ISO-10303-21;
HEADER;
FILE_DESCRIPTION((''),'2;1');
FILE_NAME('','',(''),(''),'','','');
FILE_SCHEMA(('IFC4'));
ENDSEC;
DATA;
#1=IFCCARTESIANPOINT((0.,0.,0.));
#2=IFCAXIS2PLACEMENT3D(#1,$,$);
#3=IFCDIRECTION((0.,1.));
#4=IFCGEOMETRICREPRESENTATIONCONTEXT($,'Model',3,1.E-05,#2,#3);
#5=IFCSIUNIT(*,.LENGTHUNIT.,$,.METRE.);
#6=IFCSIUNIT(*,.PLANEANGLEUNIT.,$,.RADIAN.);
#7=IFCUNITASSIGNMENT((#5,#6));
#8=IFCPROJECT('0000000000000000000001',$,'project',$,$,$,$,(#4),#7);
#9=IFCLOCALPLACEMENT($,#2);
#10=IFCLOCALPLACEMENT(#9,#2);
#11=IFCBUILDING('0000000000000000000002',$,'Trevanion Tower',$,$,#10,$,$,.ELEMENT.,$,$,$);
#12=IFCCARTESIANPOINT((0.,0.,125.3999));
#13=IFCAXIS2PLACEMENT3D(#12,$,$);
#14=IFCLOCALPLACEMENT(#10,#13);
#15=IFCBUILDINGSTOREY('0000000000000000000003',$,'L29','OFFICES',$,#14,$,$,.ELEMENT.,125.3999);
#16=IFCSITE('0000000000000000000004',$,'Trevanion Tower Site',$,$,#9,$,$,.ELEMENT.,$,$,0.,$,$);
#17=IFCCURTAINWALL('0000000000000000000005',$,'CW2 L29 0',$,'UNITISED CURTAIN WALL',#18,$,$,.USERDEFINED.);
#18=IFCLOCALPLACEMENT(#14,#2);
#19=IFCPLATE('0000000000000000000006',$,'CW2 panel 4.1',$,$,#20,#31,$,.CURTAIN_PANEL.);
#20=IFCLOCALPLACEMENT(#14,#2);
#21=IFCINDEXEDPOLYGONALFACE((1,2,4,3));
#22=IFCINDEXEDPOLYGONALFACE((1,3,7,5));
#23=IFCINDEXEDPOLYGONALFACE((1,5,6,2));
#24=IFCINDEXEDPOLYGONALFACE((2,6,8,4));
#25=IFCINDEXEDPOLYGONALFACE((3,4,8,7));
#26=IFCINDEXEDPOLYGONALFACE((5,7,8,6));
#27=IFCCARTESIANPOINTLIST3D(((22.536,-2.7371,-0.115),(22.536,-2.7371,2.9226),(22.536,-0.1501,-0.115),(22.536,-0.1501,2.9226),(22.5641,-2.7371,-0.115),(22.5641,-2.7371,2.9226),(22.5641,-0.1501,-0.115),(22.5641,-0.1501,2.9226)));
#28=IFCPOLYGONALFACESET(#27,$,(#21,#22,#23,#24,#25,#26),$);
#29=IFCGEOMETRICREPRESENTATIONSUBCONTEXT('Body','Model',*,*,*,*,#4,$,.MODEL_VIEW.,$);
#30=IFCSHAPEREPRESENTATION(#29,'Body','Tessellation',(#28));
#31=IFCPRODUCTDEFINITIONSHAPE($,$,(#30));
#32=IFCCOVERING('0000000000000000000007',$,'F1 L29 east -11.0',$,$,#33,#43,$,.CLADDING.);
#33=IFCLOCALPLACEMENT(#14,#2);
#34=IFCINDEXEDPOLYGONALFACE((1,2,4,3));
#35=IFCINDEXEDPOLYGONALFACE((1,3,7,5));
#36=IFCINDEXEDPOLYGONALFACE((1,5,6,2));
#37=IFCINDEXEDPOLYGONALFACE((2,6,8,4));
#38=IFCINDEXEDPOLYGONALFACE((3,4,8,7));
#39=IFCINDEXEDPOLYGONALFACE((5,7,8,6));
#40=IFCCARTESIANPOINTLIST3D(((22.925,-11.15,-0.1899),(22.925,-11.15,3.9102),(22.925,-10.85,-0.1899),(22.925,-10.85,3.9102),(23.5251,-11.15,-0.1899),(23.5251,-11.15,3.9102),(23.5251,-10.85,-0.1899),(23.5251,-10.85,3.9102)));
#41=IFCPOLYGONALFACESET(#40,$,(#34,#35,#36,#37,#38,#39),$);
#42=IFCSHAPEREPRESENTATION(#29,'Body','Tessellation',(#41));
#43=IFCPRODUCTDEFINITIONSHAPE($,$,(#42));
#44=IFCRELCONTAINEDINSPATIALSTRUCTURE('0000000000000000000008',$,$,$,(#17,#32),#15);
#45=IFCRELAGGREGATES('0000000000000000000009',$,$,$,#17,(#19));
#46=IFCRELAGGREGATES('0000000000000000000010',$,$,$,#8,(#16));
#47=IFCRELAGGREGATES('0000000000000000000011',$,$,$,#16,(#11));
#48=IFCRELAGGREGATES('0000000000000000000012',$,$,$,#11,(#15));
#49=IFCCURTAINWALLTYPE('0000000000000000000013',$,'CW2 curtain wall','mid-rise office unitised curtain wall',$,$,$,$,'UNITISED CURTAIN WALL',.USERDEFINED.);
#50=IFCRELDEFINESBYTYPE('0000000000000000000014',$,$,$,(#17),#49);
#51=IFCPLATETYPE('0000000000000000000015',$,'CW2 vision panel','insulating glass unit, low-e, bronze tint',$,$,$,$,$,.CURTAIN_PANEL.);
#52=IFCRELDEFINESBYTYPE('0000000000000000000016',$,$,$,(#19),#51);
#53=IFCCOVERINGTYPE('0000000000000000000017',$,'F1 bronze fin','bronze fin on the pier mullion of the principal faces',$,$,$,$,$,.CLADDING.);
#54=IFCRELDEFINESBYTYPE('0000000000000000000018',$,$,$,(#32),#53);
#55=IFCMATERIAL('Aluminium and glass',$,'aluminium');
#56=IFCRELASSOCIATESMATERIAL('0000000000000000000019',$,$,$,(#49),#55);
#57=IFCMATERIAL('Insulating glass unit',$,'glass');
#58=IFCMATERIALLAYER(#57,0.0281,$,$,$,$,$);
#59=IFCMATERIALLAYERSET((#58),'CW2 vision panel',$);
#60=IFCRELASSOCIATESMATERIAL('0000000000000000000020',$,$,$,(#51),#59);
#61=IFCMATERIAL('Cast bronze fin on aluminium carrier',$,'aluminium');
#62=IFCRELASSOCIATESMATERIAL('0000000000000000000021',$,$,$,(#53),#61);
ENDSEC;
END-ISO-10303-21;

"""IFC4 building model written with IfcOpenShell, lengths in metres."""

from ifc_helpers import new_model, si_unit, direction, frame, origin, origin_2d, place, context, subcontext, project, spatial, rectangle, extrude, material, layer, layer_set, type_object, element, aggregate, save


model = new_model("IFC4")

# Units and contexts
model_context = context("Model", 3, precision=1e-05, world=origin(), true_north=direction((0.0, 1.0)))
body_context = subcontext(model_context, "Body", "Model", "MODEL_VIEW")
ifc_project = project(units=[si_unit("LENGTHUNIT", "METRE"), si_unit("PLANEANGLEUNIT", "RADIAN")], contexts=[model_context])

# Site, building, storey
site_placement = place(None, origin())
site = spatial("IfcSite", under=ifc_project, at=site_placement, Name="Trevanion Tower Site", CompositionType="ELEMENT", RefElevation=0.0)
building_placement = place(site_placement, origin())
building = spatial("IfcBuilding", under=site, at=building_placement, Name="Trevanion Tower", CompositionType="ELEMENT")
storey_placement = place(building_placement, frame((0.0, 0.0, 125.3999)))
storey = spatial("IfcBuildingStorey", under=building, at=storey_placement, Name="L29", Description="OFFICES", CompositionType="ELEMENT", Elevation=125.3999)

# Curtain wall, plate
ifc_material_1 = material(Name="Aluminium and glass", Category="aluminium")
curtain_wall_type = type_object("IfcCurtainWallType", Name="CW2 curtain wall", Description="mid-rise office unitised curtain wall", ElementType="UNITISED CURTAIN WALL", PredefinedType="USERDEFINED", material=ifc_material_1)
curtain_wall_placement = place(storey_placement, origin())
curtain_wall = element("IfcCurtainWall", 1, at=curtain_wall_placement, inside=storey, type_object=curtain_wall_type, Name="CW2 L29 0", ObjectType="UNITISED CURTAIN WALL", PredefinedType="USERDEFINED")
ifc_material_2 = material(Name="Insulating glass unit", Category="glass")
ifc_layer_1 = layer(ifc_material_2, 0.0281)
ifc_layer_set_1 = layer_set([ifc_layer_1], Name="CW2 vision panel")
plate_type_1 = type_object("IfcPlateType", Name="CW2 vision panel", Description="insulating glass unit, low-e, bronze tint", PredefinedType="CURTAIN_PANEL", material=ifc_layer_set_1)
plate_1_placement = place(storey_placement, frame((22.55, -1.4436, -0.115), z_axis=(0.0, 0.0, 1.0), x_axis=(0.0, 1.0, 0.0)))
plate_1 = element("IfcPlate", 2, at=plate_1_placement, type_object=plate_type_1, Name="CW2 panel 4.1", PredefinedType="CURTAIN_PANEL", context=body_context, shape_type="SweptSolid", body=[
    extrude(rectangle(XDim=2.5869, YDim=0.0281, at=origin_2d()), origin(), (0.0, 0.0, 1.0), 3.0376),
])
aggregate(curtain_wall, [plate_1])

# Covering
ifc_material_3 = material(Name="Cast bronze fin on aluminium carrier", Category="aluminium")
covering_type = type_object("IfcCoveringType", Name="F1 bronze fin", Description="bronze fin on the pier mullion of the principal faces", PredefinedType="CLADDING", material=ifc_material_3)
covering_placement = place(storey_placement, frame((23.2251, -11.0, -0.1899), z_axis=(0.0, 0.0, 1.0), x_axis=(0.0, 1.0, 0.0)))
element("IfcCovering", 3, at=covering_placement, inside=storey, type_object=covering_type, Name="F1 L29 east -11.0", PredefinedType="CLADDING", context=body_context, shape_type="SweptSolid", body=[
    extrude(rectangle(XDim=0.3, YDim=0.6001, at=origin_2d()), origin(), (0.0, 0.0, 1.0), 4.1001),
])

save(model, "model.ifc")
